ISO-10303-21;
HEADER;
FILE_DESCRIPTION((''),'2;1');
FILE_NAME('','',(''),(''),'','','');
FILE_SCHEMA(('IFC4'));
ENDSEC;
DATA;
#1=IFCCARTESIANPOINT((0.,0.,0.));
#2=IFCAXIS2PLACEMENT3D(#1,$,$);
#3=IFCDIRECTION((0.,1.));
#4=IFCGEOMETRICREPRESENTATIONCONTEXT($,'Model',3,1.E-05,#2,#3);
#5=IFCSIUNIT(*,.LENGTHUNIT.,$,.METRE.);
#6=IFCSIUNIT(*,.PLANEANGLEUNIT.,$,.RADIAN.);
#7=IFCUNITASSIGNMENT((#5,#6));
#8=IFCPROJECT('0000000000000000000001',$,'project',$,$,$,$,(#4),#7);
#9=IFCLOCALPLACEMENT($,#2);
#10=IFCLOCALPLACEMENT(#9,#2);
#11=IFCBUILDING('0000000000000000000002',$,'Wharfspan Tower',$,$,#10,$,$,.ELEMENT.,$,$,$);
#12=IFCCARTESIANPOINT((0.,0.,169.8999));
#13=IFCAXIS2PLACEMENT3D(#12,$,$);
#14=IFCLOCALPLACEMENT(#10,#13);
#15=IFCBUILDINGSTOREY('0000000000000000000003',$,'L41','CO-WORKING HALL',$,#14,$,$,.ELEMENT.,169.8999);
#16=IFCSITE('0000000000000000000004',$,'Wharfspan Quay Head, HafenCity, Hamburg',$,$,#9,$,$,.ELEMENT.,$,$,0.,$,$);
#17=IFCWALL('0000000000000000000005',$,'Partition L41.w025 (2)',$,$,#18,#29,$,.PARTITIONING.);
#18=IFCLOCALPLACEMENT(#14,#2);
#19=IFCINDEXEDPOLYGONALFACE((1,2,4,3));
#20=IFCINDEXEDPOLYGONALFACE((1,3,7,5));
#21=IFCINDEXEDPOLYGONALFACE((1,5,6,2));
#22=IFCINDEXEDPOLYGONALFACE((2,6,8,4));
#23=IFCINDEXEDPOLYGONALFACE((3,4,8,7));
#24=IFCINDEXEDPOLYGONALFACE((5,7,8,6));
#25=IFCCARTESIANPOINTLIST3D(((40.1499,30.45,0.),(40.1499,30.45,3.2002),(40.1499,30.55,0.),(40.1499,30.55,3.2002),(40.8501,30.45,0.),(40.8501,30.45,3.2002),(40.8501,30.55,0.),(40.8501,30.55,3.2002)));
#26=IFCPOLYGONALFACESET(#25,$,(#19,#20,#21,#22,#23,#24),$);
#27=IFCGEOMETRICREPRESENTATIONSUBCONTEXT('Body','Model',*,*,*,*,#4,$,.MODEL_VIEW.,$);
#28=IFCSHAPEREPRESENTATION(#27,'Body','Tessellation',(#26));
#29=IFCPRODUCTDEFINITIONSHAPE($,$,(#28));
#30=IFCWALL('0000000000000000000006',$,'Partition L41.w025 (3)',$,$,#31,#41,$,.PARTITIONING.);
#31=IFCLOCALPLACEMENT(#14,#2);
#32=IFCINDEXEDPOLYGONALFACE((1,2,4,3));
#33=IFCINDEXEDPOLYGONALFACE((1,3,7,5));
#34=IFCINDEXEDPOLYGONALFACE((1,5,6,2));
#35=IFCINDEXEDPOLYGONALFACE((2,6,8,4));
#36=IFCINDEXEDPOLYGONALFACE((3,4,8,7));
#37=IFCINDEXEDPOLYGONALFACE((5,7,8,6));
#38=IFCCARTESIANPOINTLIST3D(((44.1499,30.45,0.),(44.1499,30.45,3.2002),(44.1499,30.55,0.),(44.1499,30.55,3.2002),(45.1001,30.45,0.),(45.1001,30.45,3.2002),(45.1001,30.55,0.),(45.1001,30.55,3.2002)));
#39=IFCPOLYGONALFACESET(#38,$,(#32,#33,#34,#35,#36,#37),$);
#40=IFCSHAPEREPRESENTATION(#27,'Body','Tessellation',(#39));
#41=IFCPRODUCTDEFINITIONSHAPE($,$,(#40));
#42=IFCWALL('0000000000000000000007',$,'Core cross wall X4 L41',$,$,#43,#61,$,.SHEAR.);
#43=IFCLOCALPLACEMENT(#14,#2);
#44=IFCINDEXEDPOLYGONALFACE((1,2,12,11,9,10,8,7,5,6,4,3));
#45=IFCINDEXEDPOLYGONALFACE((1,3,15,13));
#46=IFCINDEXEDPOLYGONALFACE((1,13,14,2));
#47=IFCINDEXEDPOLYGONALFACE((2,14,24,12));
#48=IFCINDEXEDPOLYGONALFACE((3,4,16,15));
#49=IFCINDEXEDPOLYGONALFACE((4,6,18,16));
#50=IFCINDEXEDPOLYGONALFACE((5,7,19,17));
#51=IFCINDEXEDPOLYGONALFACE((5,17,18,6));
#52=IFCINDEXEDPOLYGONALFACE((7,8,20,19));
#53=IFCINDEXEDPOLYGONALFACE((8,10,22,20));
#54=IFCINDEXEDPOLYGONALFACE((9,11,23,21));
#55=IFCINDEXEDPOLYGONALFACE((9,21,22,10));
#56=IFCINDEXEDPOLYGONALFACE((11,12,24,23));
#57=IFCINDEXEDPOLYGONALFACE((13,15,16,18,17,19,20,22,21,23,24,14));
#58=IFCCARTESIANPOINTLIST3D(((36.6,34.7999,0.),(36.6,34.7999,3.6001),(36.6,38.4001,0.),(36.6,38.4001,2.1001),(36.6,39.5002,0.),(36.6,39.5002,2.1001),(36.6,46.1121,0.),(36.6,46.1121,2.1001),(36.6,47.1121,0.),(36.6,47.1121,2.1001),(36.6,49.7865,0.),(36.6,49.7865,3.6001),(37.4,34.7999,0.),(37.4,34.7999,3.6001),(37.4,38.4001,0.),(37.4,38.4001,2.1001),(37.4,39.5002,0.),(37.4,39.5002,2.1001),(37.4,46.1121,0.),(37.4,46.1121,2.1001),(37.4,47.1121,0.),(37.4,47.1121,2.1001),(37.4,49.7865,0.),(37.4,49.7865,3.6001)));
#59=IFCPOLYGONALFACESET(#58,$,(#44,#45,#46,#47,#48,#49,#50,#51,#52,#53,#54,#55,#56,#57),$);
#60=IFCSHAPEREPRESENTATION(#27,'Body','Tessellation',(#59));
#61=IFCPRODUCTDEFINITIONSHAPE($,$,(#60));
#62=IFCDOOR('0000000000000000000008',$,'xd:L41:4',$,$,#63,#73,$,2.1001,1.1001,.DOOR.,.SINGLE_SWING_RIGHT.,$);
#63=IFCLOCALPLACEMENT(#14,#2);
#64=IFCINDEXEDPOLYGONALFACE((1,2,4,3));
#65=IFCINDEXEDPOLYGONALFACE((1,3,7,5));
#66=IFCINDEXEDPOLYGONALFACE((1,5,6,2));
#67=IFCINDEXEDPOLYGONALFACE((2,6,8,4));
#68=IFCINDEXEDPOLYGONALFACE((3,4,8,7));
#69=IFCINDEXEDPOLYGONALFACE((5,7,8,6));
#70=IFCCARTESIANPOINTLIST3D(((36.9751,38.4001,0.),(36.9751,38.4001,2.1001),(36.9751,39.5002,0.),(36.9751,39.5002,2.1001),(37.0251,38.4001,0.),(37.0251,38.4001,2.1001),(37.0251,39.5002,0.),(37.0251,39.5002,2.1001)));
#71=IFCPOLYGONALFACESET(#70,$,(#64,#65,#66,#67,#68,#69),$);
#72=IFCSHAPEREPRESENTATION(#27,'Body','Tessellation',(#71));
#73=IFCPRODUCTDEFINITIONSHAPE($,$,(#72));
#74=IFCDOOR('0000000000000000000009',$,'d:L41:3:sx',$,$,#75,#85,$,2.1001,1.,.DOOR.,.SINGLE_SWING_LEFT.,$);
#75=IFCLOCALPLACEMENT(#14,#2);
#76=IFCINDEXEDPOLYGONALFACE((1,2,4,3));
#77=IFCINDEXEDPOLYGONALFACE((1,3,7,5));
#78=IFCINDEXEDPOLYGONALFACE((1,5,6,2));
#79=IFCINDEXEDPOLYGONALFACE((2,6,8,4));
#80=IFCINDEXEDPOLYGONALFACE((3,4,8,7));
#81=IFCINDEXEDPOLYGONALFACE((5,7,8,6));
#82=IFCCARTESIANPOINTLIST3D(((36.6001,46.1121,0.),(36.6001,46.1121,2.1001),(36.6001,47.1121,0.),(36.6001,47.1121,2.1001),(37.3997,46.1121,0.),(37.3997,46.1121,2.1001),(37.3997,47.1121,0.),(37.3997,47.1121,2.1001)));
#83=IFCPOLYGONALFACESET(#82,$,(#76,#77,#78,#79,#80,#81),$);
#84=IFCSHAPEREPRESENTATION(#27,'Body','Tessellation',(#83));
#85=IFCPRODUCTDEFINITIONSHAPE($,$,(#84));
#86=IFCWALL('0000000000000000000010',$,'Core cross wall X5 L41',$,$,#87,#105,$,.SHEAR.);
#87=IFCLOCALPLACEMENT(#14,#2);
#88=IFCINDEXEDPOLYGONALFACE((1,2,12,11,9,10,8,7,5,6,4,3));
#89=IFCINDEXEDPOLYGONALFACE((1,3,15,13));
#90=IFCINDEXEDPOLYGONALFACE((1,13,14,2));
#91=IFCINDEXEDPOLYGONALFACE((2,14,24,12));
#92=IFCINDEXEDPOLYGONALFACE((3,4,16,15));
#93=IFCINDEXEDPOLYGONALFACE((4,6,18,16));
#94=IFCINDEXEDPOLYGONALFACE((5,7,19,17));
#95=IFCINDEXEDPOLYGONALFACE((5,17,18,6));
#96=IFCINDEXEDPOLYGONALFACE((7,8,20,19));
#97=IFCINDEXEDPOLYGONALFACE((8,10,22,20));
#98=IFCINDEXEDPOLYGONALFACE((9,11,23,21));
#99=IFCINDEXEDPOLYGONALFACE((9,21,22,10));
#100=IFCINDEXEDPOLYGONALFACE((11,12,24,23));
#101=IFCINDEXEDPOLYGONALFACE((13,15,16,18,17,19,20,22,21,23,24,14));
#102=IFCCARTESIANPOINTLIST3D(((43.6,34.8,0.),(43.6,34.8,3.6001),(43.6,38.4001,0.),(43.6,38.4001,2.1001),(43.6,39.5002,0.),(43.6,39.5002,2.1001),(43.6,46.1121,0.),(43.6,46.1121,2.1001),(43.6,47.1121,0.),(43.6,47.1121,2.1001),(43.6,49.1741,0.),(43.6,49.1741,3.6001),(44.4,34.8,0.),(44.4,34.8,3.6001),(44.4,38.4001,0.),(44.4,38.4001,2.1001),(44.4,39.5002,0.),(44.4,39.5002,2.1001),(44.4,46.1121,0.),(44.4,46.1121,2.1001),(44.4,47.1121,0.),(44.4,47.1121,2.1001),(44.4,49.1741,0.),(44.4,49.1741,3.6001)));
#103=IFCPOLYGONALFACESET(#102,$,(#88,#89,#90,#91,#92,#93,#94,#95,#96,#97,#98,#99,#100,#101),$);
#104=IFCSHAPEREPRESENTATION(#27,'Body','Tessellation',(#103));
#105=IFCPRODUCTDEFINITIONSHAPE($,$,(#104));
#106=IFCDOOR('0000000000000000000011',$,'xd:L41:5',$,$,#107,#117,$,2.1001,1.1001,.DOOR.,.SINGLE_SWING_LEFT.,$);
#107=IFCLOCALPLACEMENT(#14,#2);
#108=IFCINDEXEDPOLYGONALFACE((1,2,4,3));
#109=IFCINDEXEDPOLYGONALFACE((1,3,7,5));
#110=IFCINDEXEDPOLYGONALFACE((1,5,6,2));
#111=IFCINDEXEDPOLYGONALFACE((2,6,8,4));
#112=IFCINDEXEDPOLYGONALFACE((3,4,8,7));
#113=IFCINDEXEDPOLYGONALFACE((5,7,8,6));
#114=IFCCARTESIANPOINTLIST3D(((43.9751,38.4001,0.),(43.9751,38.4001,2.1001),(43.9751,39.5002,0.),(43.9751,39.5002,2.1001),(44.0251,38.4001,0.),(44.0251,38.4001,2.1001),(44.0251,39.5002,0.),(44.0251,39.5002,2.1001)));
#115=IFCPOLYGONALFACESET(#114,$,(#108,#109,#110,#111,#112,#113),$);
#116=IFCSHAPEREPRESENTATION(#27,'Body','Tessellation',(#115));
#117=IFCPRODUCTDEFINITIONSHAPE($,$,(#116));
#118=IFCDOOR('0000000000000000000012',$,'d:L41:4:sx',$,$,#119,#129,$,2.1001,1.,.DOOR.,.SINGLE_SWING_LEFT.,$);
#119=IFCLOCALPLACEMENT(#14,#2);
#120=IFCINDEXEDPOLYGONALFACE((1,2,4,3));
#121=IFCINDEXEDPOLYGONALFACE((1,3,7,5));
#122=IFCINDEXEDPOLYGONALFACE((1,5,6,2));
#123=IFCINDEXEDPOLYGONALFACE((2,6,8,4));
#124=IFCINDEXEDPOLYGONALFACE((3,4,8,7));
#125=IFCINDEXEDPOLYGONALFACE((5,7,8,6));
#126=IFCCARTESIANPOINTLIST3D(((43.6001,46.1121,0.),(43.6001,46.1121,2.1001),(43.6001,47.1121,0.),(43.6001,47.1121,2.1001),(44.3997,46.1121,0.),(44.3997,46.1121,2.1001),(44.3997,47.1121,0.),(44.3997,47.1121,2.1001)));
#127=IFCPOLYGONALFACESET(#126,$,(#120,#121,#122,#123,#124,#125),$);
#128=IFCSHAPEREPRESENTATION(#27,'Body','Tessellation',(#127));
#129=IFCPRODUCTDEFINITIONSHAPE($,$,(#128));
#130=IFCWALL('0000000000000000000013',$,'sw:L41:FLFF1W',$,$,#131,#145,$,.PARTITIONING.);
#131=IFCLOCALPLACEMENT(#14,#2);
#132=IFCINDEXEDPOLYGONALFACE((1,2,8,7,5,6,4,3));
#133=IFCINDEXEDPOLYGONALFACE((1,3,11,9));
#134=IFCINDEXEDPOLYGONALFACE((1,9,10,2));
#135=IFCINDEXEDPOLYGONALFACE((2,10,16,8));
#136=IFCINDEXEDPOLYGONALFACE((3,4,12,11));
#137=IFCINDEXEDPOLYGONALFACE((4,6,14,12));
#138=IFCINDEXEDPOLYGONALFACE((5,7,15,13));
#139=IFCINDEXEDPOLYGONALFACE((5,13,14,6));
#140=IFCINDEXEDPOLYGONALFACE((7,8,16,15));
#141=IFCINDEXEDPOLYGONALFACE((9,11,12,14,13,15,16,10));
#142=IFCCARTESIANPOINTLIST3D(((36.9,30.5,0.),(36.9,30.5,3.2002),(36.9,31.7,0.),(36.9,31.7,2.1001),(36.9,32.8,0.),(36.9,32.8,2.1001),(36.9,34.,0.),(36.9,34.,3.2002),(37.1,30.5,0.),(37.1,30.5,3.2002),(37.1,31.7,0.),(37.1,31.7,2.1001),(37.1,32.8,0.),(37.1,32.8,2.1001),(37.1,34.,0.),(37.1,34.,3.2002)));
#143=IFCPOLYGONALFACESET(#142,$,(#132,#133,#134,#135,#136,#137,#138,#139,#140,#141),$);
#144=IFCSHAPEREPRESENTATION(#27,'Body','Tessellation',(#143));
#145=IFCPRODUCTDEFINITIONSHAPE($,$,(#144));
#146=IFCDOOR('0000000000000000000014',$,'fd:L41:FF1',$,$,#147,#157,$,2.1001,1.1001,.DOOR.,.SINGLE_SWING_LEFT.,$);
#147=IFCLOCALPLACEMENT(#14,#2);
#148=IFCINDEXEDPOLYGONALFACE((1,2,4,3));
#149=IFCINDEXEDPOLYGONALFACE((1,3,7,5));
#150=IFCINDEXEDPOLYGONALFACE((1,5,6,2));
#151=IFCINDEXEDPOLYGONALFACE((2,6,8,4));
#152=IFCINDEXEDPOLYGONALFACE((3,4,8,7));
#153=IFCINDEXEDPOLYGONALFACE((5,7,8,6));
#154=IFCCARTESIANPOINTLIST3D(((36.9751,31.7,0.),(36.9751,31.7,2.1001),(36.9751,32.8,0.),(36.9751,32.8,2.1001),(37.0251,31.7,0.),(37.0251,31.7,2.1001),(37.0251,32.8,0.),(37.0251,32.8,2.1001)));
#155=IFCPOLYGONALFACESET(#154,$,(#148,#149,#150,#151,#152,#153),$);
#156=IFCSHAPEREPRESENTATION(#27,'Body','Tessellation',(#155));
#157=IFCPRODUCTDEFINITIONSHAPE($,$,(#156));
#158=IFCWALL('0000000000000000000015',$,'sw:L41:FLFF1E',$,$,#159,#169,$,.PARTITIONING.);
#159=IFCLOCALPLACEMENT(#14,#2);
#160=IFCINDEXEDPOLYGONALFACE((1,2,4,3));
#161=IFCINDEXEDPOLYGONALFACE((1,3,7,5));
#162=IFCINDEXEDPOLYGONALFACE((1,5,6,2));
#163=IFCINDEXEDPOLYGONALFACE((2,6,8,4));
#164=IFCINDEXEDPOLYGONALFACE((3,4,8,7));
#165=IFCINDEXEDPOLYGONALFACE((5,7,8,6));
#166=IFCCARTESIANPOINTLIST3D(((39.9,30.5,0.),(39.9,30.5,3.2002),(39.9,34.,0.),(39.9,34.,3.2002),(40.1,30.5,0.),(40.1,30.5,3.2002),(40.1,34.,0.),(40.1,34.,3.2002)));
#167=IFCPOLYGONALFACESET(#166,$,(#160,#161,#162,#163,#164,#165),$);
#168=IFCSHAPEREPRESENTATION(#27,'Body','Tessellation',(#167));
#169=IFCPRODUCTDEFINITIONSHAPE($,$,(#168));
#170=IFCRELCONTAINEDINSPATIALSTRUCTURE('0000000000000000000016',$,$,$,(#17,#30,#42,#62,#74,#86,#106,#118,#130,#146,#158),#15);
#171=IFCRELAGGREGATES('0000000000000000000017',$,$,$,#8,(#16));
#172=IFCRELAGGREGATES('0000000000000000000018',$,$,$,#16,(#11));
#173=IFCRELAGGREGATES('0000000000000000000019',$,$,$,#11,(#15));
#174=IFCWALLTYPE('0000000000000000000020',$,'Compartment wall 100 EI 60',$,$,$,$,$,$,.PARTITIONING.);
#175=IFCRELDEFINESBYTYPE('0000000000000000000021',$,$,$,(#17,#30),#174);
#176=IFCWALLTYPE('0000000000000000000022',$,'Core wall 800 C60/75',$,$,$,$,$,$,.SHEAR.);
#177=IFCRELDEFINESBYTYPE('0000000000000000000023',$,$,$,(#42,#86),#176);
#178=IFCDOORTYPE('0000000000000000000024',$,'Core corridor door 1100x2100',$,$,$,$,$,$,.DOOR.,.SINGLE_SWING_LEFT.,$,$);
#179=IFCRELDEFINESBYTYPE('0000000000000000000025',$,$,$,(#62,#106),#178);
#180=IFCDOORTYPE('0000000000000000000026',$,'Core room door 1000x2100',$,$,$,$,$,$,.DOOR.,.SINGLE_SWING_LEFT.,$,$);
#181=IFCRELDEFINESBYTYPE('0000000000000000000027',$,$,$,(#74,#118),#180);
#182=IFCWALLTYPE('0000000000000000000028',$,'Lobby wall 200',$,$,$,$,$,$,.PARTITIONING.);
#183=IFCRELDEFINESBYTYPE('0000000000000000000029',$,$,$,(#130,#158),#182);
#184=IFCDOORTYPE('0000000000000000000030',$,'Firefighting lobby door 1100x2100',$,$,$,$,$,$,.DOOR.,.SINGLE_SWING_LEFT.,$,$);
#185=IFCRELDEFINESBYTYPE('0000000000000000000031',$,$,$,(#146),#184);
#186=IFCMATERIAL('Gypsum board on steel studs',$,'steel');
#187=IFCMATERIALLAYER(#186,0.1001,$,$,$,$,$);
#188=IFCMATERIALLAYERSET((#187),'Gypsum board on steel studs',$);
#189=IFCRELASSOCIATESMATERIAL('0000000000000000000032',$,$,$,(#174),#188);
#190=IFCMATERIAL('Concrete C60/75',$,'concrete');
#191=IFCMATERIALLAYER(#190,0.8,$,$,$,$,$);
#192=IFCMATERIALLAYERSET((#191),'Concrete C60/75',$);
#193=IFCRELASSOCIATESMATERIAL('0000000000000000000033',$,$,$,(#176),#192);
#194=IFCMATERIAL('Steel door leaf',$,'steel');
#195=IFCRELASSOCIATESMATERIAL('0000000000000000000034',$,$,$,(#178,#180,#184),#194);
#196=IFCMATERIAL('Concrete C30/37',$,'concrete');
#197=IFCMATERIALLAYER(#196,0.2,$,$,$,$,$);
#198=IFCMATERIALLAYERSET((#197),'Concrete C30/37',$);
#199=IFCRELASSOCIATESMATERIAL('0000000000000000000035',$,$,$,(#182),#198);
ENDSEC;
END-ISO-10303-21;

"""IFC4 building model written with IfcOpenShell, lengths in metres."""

from ifc_helpers import new_model, si_unit, direction, frame, frame_2d, origin, place, context, subcontext, project, spatial, rectangle, extrude, material, layer, layer_set, type_object, element, fill, save


model = new_model("IFC4")

# Units and contexts
model_context = context("Model", 3, precision=1e-05, world=origin(), true_north=direction((0.0, 1.0)))
body_context = subcontext(model_context, "Body", "Model", "MODEL_VIEW")
ifc_project = project(units=[si_unit("LENGTHUNIT", "METRE"), si_unit("PLANEANGLEUNIT", "RADIAN")], contexts=[model_context])

# Site, building, storey
site_placement = place(None, origin())
site = spatial("IfcSite", under=ifc_project, at=site_placement, Name="Wharfspan Quay Head, HafenCity, Hamburg", CompositionType="ELEMENT", RefElevation=0.0)
building_placement = place(site_placement, origin())
building = spatial("IfcBuilding", under=site, at=building_placement, Name="Wharfspan Tower", CompositionType="ELEMENT")
storey_placement = place(building_placement, frame((0.0, 0.0, 169.8999)))
storey = spatial("IfcBuildingStorey", under=building, at=storey_placement, Name="L41", Description="CO-WORKING HALL", CompositionType="ELEMENT", Elevation=169.8999)

# Walls
ifc_material_1 = material(Name="Gypsum board on steel studs", Category="steel")
ifc_layer_1 = layer(ifc_material_1, 0.1001)
ifc_layer_set_1 = layer_set([ifc_layer_1], Name="Gypsum board on steel studs")
wall_type_1 = type_object("IfcWallType", Name="Compartment wall 100 EI 60", PredefinedType="PARTITIONING", material=ifc_layer_set_1)
wall_1_placement = place(storey_placement, frame((40.1499, 30.5, 0.0), z_axis=(0.0, 0.0, 1.0), x_axis=(1.0, 0.0, 0.0)))
element("IfcWall", 1, at=wall_1_placement, inside=storey, type_object=wall_type_1, Name="Partition L41.w025 (2)", PredefinedType="PARTITIONING", context=body_context, shape_type="SweptSolid", body=[
    extrude(rectangle(XDim=0.7002, YDim=0.1001, at=frame_2d((0.3501, 0.0))), origin(), (0.0, 0.0, 1.0), 3.2002),
])
wall_2_placement = place(storey_placement, frame((44.1499, 30.5, 0.0), z_axis=(0.0, 0.0, 1.0), x_axis=(1.0, 0.0, 0.0)))
element("IfcWall", 2, at=wall_2_placement, inside=storey, type_object=wall_type_1, Name="Partition L41.w025 (3)", PredefinedType="PARTITIONING", context=body_context, shape_type="SweptSolid", body=[
    extrude(rectangle(XDim=0.9502, YDim=0.1001, at=frame_2d((0.4751, 0.0))), origin(), (0.0, 0.0, 1.0), 3.2002),
])

# Walls, openings, doors
ifc_material_2 = material(Name="Concrete C60/75", Category="concrete")
ifc_layer_2 = layer(ifc_material_2, 0.8)
ifc_layer_set_2 = layer_set([ifc_layer_2], Name="Concrete C60/75")
wall_type_2 = type_object("IfcWallType", Name="Core wall 800 C60/75", PredefinedType="SHEAR", material=ifc_layer_set_2)
wall_3_placement = place(storey_placement, frame((37.0, 34.8, 0.0), z_axis=(0.0, 0.0, 1.0), x_axis=(0.0, 1.0, 0.0)))
wall_3 = element("IfcWall", 3, at=wall_3_placement, inside=storey, type_object=wall_type_2, Name="Core cross wall X4 L41", PredefinedType="SHEAR", context=body_context, shape_type="SweptSolid", body=[
    extrude(rectangle(XDim=14.9866, YDim=0.8, at=frame_2d((7.4932, 0.0))), origin(), (0.0, 0.0, 1.0), 3.6001),
])
opening_1_placement = place(wall_3_placement, frame((11.312, 0.0, 0.0)))
opening_1 = element("IfcOpeningElement", 4, at=opening_1_placement, cuts=wall_3, PredefinedType="OPENING", context=body_context, shape_type="SweptSolid", body=[
    extrude(rectangle(XDim=1.0, YDim=2.1001, at=frame_2d((0.5, 1.05))), frame((0.0, 0.4099, 0.0), z_axis=(0.0, -1.0, 0.0), x_axis=(1.0, 0.0, 0.0)), (0.0, 0.0, 1.0), 0.8201),
])
opening_2_placement = place(wall_3_placement, frame((3.6001, 0.0, 0.0)))
opening_2 = element("IfcOpeningElement", 5, at=opening_2_placement, cuts=wall_3, PredefinedType="OPENING", context=body_context, shape_type="SweptSolid", body=[
    extrude(rectangle(XDim=1.1001, YDim=2.1001, at=frame_2d((0.55, 1.05))), frame((0.0, 0.4099, 0.0), z_axis=(0.0, -1.0, 0.0), x_axis=(1.0, 0.0, 0.0)), (0.0, 0.0, 1.0), 0.8201),
])
ifc_material_3 = material(Name="Steel door leaf", Category="steel")
door_type_1 = type_object("IfcDoorType", Name="Core corridor door 1100x2100", OperationType="SINGLE_SWING_LEFT", PredefinedType="DOOR", material=ifc_material_3)
door_1_placement = place(opening_2_placement, origin())
door_1 = element("IfcDoor", 6, at=door_1_placement, inside=storey, type_object=door_type_1, Name="xd:L41:4", OperationType="SINGLE_SWING_RIGHT", OverallHeight=2.1001, OverallWidth=1.1001, PredefinedType="DOOR", context=body_context, shape_type="SweptSolid", body=[
    extrude(rectangle(XDim=1.1001, YDim=2.1001, at=frame_2d((0.55, 1.05))), frame((0.0, 0.0249, 0.0), z_axis=(0.0, -1.0, 0.0), x_axis=(1.0, 0.0, 0.0)), (0.0, 0.0, 1.0), 0.05),
])
fill(opening_2, door_1)
door_type_2 = type_object("IfcDoorType", Name="Core room door 1000x2100", OperationType="SINGLE_SWING_LEFT", PredefinedType="DOOR", material=ifc_material_3)
door_2_placement = place(opening_1_placement, origin())
door_2 = element("IfcDoor", 7, at=door_2_placement, inside=storey, type_object=door_type_2, Name="d:L41:3:sx", OperationType="SINGLE_SWING_LEFT", OverallHeight=2.1001, OverallWidth=1.0, PredefinedType="DOOR", context=body_context, shape_type="SweptSolid", body=[
    extrude(rectangle(XDim=1.0, YDim=2.1001, at=frame_2d((0.5, 1.05))), frame((0.0, 0.3999, 0.0), z_axis=(0.0, -1.0, 0.0), x_axis=(1.0, 0.0, 0.0)), (0.0, 0.0, 1.0), 0.7996),
])
fill(opening_1, door_2)
wall_4_placement = place(storey_placement, frame((44.0, 34.8, 0.0), z_axis=(0.0, 0.0, 1.0), x_axis=(0.0, 1.0, 0.0)))
wall_4 = element("IfcWall", 8, at=wall_4_placement, inside=storey, type_object=wall_type_2, Name="Core cross wall X5 L41", PredefinedType="SHEAR", context=body_context, shape_type="SweptSolid", body=[
    extrude(rectangle(XDim=14.374, YDim=0.8, at=frame_2d((7.187, 0.0))), origin(), (0.0, 0.0, 1.0), 3.6001),
])
opening_3_placement = place(wall_4_placement, frame((11.312, 0.0, 0.0)))
opening_3 = element("IfcOpeningElement", 9, at=opening_3_placement, cuts=wall_4, PredefinedType="OPENING", context=body_context, shape_type="SweptSolid", body=[
    extrude(rectangle(XDim=1.0, YDim=2.1001, at=frame_2d((0.5, 1.05))), frame((0.0, 0.4099, 0.0), z_axis=(0.0, -1.0, 0.0), x_axis=(1.0, 0.0, 0.0)), (0.0, 0.0, 1.0), 0.8201),
])
opening_4_placement = place(wall_4_placement, frame((3.6001, 0.0, 0.0)))
opening_4 = element("IfcOpeningElement", 10, at=opening_4_placement, cuts=wall_4, PredefinedType="OPENING", context=body_context, shape_type="SweptSolid", body=[
    extrude(rectangle(XDim=1.1001, YDim=2.1001, at=frame_2d((0.55, 1.05))), frame((0.0, 0.4099, 0.0), z_axis=(0.0, -1.0, 0.0), x_axis=(1.0, 0.0, 0.0)), (0.0, 0.0, 1.0), 0.8201),
])
door_3_placement = place(opening_4_placement, origin())
door_3 = element("IfcDoor", 11, at=door_3_placement, inside=storey, type_object=door_type_1, Name="xd:L41:5", OperationType="SINGLE_SWING_LEFT", OverallHeight=2.1001, OverallWidth=1.1001, PredefinedType="DOOR", context=body_context, shape_type="SweptSolid", body=[
    extrude(rectangle(XDim=1.1001, YDim=2.1001, at=frame_2d((0.55, 1.05))), frame((0.0, 0.0249, 0.0), z_axis=(0.0, -1.0, 0.0), x_axis=(1.0, 0.0, 0.0)), (0.0, 0.0, 1.0), 0.05),
])
fill(opening_4, door_3)
door_4_placement = place(opening_3_placement, origin())
door_4 = element("IfcDoor", 12, at=door_4_placement, inside=storey, type_object=door_type_2, Name="d:L41:4:sx", OperationType="SINGLE_SWING_LEFT", OverallHeight=2.1001, OverallWidth=1.0, PredefinedType="DOOR", context=body_context, shape_type="SweptSolid", body=[
    extrude(rectangle(XDim=1.0, YDim=2.1001, at=frame_2d((0.5, 1.05))), frame((0.0, 0.3999, 0.0), z_axis=(0.0, -1.0, 0.0), x_axis=(1.0, 0.0, 0.0)), (0.0, 0.0, 1.0), 0.7996),
])
fill(opening_3, door_4)

# Wall, opening, door
ifc_material_4 = material(Name="Concrete C30/37", Category="concrete")
ifc_layer_3 = layer(ifc_material_4, 0.2)
ifc_layer_set_3 = layer_set([ifc_layer_3], Name="Concrete C30/37")
wall_type_3 = type_object("IfcWallType", Name="Lobby wall 200", PredefinedType="PARTITIONING", material=ifc_layer_set_3)
wall_5_placement = place(storey_placement, frame((37.0, 30.5, 0.0), z_axis=(0.0, 0.0, 1.0), x_axis=(0.0, 1.0, 0.0)))
wall_5 = element("IfcWall", 13, at=wall_5_placement, inside=storey, type_object=wall_type_3, Name="sw:L41:FLFF1W", PredefinedType="PARTITIONING", context=body_context, shape_type="SweptSolid", body=[
    extrude(rectangle(XDim=3.5, YDim=0.2, at=frame_2d((1.75, 0.0))), origin(), (0.0, 0.0, 1.0), 3.2002),
])
opening_5_placement = place(wall_5_placement, frame((1.2, 0.0, 0.0)))
opening_5 = element("IfcOpeningElement", 14, at=opening_5_placement, cuts=wall_5, PredefinedType="OPENING", context=body_context, shape_type="SweptSolid", body=[
    extrude(rectangle(XDim=1.1001, YDim=2.1001, at=frame_2d((0.55, 1.05))), frame((0.0, 0.1099, 0.0), z_axis=(0.0, -1.0, 0.0), x_axis=(1.0, 0.0, 0.0)), (0.0, 0.0, 1.0), 0.22),
])
door_type_3 = type_object("IfcDoorType", Name="Firefighting lobby door 1100x2100", OperationType="SINGLE_SWING_LEFT", PredefinedType="DOOR", material=ifc_material_3)
door_5_placement = place(opening_5_placement, origin())
door_5 = element("IfcDoor", 15, at=door_5_placement, inside=storey, type_object=door_type_3, Name="fd:L41:FF1", OperationType="SINGLE_SWING_LEFT", OverallHeight=2.1001, OverallWidth=1.1001, PredefinedType="DOOR", context=body_context, shape_type="SweptSolid", body=[
    extrude(rectangle(XDim=1.1001, YDim=2.1001, at=frame_2d((0.55, 1.05))), frame((0.0, 0.0249, 0.0), z_axis=(0.0, -1.0, 0.0), x_axis=(1.0, 0.0, 0.0)), (0.0, 0.0, 1.0), 0.05),
])
fill(opening_5, door_5)

# Wall
wall_6_placement = place(storey_placement, frame((40.0, 30.5, 0.0), z_axis=(0.0, 0.0, 1.0), x_axis=(0.0, 1.0, 0.0)))
element("IfcWall", 16, at=wall_6_placement, inside=storey, type_object=wall_type_3, Name="sw:L41:FLFF1E", PredefinedType="PARTITIONING", context=body_context, shape_type="SweptSolid", body=[
    extrude(rectangle(XDim=3.5, YDim=0.2, at=frame_2d((1.75, 0.0))), origin(), (0.0, 0.0, 1.0), 3.2002),
])

save(model, "model.ifc")
